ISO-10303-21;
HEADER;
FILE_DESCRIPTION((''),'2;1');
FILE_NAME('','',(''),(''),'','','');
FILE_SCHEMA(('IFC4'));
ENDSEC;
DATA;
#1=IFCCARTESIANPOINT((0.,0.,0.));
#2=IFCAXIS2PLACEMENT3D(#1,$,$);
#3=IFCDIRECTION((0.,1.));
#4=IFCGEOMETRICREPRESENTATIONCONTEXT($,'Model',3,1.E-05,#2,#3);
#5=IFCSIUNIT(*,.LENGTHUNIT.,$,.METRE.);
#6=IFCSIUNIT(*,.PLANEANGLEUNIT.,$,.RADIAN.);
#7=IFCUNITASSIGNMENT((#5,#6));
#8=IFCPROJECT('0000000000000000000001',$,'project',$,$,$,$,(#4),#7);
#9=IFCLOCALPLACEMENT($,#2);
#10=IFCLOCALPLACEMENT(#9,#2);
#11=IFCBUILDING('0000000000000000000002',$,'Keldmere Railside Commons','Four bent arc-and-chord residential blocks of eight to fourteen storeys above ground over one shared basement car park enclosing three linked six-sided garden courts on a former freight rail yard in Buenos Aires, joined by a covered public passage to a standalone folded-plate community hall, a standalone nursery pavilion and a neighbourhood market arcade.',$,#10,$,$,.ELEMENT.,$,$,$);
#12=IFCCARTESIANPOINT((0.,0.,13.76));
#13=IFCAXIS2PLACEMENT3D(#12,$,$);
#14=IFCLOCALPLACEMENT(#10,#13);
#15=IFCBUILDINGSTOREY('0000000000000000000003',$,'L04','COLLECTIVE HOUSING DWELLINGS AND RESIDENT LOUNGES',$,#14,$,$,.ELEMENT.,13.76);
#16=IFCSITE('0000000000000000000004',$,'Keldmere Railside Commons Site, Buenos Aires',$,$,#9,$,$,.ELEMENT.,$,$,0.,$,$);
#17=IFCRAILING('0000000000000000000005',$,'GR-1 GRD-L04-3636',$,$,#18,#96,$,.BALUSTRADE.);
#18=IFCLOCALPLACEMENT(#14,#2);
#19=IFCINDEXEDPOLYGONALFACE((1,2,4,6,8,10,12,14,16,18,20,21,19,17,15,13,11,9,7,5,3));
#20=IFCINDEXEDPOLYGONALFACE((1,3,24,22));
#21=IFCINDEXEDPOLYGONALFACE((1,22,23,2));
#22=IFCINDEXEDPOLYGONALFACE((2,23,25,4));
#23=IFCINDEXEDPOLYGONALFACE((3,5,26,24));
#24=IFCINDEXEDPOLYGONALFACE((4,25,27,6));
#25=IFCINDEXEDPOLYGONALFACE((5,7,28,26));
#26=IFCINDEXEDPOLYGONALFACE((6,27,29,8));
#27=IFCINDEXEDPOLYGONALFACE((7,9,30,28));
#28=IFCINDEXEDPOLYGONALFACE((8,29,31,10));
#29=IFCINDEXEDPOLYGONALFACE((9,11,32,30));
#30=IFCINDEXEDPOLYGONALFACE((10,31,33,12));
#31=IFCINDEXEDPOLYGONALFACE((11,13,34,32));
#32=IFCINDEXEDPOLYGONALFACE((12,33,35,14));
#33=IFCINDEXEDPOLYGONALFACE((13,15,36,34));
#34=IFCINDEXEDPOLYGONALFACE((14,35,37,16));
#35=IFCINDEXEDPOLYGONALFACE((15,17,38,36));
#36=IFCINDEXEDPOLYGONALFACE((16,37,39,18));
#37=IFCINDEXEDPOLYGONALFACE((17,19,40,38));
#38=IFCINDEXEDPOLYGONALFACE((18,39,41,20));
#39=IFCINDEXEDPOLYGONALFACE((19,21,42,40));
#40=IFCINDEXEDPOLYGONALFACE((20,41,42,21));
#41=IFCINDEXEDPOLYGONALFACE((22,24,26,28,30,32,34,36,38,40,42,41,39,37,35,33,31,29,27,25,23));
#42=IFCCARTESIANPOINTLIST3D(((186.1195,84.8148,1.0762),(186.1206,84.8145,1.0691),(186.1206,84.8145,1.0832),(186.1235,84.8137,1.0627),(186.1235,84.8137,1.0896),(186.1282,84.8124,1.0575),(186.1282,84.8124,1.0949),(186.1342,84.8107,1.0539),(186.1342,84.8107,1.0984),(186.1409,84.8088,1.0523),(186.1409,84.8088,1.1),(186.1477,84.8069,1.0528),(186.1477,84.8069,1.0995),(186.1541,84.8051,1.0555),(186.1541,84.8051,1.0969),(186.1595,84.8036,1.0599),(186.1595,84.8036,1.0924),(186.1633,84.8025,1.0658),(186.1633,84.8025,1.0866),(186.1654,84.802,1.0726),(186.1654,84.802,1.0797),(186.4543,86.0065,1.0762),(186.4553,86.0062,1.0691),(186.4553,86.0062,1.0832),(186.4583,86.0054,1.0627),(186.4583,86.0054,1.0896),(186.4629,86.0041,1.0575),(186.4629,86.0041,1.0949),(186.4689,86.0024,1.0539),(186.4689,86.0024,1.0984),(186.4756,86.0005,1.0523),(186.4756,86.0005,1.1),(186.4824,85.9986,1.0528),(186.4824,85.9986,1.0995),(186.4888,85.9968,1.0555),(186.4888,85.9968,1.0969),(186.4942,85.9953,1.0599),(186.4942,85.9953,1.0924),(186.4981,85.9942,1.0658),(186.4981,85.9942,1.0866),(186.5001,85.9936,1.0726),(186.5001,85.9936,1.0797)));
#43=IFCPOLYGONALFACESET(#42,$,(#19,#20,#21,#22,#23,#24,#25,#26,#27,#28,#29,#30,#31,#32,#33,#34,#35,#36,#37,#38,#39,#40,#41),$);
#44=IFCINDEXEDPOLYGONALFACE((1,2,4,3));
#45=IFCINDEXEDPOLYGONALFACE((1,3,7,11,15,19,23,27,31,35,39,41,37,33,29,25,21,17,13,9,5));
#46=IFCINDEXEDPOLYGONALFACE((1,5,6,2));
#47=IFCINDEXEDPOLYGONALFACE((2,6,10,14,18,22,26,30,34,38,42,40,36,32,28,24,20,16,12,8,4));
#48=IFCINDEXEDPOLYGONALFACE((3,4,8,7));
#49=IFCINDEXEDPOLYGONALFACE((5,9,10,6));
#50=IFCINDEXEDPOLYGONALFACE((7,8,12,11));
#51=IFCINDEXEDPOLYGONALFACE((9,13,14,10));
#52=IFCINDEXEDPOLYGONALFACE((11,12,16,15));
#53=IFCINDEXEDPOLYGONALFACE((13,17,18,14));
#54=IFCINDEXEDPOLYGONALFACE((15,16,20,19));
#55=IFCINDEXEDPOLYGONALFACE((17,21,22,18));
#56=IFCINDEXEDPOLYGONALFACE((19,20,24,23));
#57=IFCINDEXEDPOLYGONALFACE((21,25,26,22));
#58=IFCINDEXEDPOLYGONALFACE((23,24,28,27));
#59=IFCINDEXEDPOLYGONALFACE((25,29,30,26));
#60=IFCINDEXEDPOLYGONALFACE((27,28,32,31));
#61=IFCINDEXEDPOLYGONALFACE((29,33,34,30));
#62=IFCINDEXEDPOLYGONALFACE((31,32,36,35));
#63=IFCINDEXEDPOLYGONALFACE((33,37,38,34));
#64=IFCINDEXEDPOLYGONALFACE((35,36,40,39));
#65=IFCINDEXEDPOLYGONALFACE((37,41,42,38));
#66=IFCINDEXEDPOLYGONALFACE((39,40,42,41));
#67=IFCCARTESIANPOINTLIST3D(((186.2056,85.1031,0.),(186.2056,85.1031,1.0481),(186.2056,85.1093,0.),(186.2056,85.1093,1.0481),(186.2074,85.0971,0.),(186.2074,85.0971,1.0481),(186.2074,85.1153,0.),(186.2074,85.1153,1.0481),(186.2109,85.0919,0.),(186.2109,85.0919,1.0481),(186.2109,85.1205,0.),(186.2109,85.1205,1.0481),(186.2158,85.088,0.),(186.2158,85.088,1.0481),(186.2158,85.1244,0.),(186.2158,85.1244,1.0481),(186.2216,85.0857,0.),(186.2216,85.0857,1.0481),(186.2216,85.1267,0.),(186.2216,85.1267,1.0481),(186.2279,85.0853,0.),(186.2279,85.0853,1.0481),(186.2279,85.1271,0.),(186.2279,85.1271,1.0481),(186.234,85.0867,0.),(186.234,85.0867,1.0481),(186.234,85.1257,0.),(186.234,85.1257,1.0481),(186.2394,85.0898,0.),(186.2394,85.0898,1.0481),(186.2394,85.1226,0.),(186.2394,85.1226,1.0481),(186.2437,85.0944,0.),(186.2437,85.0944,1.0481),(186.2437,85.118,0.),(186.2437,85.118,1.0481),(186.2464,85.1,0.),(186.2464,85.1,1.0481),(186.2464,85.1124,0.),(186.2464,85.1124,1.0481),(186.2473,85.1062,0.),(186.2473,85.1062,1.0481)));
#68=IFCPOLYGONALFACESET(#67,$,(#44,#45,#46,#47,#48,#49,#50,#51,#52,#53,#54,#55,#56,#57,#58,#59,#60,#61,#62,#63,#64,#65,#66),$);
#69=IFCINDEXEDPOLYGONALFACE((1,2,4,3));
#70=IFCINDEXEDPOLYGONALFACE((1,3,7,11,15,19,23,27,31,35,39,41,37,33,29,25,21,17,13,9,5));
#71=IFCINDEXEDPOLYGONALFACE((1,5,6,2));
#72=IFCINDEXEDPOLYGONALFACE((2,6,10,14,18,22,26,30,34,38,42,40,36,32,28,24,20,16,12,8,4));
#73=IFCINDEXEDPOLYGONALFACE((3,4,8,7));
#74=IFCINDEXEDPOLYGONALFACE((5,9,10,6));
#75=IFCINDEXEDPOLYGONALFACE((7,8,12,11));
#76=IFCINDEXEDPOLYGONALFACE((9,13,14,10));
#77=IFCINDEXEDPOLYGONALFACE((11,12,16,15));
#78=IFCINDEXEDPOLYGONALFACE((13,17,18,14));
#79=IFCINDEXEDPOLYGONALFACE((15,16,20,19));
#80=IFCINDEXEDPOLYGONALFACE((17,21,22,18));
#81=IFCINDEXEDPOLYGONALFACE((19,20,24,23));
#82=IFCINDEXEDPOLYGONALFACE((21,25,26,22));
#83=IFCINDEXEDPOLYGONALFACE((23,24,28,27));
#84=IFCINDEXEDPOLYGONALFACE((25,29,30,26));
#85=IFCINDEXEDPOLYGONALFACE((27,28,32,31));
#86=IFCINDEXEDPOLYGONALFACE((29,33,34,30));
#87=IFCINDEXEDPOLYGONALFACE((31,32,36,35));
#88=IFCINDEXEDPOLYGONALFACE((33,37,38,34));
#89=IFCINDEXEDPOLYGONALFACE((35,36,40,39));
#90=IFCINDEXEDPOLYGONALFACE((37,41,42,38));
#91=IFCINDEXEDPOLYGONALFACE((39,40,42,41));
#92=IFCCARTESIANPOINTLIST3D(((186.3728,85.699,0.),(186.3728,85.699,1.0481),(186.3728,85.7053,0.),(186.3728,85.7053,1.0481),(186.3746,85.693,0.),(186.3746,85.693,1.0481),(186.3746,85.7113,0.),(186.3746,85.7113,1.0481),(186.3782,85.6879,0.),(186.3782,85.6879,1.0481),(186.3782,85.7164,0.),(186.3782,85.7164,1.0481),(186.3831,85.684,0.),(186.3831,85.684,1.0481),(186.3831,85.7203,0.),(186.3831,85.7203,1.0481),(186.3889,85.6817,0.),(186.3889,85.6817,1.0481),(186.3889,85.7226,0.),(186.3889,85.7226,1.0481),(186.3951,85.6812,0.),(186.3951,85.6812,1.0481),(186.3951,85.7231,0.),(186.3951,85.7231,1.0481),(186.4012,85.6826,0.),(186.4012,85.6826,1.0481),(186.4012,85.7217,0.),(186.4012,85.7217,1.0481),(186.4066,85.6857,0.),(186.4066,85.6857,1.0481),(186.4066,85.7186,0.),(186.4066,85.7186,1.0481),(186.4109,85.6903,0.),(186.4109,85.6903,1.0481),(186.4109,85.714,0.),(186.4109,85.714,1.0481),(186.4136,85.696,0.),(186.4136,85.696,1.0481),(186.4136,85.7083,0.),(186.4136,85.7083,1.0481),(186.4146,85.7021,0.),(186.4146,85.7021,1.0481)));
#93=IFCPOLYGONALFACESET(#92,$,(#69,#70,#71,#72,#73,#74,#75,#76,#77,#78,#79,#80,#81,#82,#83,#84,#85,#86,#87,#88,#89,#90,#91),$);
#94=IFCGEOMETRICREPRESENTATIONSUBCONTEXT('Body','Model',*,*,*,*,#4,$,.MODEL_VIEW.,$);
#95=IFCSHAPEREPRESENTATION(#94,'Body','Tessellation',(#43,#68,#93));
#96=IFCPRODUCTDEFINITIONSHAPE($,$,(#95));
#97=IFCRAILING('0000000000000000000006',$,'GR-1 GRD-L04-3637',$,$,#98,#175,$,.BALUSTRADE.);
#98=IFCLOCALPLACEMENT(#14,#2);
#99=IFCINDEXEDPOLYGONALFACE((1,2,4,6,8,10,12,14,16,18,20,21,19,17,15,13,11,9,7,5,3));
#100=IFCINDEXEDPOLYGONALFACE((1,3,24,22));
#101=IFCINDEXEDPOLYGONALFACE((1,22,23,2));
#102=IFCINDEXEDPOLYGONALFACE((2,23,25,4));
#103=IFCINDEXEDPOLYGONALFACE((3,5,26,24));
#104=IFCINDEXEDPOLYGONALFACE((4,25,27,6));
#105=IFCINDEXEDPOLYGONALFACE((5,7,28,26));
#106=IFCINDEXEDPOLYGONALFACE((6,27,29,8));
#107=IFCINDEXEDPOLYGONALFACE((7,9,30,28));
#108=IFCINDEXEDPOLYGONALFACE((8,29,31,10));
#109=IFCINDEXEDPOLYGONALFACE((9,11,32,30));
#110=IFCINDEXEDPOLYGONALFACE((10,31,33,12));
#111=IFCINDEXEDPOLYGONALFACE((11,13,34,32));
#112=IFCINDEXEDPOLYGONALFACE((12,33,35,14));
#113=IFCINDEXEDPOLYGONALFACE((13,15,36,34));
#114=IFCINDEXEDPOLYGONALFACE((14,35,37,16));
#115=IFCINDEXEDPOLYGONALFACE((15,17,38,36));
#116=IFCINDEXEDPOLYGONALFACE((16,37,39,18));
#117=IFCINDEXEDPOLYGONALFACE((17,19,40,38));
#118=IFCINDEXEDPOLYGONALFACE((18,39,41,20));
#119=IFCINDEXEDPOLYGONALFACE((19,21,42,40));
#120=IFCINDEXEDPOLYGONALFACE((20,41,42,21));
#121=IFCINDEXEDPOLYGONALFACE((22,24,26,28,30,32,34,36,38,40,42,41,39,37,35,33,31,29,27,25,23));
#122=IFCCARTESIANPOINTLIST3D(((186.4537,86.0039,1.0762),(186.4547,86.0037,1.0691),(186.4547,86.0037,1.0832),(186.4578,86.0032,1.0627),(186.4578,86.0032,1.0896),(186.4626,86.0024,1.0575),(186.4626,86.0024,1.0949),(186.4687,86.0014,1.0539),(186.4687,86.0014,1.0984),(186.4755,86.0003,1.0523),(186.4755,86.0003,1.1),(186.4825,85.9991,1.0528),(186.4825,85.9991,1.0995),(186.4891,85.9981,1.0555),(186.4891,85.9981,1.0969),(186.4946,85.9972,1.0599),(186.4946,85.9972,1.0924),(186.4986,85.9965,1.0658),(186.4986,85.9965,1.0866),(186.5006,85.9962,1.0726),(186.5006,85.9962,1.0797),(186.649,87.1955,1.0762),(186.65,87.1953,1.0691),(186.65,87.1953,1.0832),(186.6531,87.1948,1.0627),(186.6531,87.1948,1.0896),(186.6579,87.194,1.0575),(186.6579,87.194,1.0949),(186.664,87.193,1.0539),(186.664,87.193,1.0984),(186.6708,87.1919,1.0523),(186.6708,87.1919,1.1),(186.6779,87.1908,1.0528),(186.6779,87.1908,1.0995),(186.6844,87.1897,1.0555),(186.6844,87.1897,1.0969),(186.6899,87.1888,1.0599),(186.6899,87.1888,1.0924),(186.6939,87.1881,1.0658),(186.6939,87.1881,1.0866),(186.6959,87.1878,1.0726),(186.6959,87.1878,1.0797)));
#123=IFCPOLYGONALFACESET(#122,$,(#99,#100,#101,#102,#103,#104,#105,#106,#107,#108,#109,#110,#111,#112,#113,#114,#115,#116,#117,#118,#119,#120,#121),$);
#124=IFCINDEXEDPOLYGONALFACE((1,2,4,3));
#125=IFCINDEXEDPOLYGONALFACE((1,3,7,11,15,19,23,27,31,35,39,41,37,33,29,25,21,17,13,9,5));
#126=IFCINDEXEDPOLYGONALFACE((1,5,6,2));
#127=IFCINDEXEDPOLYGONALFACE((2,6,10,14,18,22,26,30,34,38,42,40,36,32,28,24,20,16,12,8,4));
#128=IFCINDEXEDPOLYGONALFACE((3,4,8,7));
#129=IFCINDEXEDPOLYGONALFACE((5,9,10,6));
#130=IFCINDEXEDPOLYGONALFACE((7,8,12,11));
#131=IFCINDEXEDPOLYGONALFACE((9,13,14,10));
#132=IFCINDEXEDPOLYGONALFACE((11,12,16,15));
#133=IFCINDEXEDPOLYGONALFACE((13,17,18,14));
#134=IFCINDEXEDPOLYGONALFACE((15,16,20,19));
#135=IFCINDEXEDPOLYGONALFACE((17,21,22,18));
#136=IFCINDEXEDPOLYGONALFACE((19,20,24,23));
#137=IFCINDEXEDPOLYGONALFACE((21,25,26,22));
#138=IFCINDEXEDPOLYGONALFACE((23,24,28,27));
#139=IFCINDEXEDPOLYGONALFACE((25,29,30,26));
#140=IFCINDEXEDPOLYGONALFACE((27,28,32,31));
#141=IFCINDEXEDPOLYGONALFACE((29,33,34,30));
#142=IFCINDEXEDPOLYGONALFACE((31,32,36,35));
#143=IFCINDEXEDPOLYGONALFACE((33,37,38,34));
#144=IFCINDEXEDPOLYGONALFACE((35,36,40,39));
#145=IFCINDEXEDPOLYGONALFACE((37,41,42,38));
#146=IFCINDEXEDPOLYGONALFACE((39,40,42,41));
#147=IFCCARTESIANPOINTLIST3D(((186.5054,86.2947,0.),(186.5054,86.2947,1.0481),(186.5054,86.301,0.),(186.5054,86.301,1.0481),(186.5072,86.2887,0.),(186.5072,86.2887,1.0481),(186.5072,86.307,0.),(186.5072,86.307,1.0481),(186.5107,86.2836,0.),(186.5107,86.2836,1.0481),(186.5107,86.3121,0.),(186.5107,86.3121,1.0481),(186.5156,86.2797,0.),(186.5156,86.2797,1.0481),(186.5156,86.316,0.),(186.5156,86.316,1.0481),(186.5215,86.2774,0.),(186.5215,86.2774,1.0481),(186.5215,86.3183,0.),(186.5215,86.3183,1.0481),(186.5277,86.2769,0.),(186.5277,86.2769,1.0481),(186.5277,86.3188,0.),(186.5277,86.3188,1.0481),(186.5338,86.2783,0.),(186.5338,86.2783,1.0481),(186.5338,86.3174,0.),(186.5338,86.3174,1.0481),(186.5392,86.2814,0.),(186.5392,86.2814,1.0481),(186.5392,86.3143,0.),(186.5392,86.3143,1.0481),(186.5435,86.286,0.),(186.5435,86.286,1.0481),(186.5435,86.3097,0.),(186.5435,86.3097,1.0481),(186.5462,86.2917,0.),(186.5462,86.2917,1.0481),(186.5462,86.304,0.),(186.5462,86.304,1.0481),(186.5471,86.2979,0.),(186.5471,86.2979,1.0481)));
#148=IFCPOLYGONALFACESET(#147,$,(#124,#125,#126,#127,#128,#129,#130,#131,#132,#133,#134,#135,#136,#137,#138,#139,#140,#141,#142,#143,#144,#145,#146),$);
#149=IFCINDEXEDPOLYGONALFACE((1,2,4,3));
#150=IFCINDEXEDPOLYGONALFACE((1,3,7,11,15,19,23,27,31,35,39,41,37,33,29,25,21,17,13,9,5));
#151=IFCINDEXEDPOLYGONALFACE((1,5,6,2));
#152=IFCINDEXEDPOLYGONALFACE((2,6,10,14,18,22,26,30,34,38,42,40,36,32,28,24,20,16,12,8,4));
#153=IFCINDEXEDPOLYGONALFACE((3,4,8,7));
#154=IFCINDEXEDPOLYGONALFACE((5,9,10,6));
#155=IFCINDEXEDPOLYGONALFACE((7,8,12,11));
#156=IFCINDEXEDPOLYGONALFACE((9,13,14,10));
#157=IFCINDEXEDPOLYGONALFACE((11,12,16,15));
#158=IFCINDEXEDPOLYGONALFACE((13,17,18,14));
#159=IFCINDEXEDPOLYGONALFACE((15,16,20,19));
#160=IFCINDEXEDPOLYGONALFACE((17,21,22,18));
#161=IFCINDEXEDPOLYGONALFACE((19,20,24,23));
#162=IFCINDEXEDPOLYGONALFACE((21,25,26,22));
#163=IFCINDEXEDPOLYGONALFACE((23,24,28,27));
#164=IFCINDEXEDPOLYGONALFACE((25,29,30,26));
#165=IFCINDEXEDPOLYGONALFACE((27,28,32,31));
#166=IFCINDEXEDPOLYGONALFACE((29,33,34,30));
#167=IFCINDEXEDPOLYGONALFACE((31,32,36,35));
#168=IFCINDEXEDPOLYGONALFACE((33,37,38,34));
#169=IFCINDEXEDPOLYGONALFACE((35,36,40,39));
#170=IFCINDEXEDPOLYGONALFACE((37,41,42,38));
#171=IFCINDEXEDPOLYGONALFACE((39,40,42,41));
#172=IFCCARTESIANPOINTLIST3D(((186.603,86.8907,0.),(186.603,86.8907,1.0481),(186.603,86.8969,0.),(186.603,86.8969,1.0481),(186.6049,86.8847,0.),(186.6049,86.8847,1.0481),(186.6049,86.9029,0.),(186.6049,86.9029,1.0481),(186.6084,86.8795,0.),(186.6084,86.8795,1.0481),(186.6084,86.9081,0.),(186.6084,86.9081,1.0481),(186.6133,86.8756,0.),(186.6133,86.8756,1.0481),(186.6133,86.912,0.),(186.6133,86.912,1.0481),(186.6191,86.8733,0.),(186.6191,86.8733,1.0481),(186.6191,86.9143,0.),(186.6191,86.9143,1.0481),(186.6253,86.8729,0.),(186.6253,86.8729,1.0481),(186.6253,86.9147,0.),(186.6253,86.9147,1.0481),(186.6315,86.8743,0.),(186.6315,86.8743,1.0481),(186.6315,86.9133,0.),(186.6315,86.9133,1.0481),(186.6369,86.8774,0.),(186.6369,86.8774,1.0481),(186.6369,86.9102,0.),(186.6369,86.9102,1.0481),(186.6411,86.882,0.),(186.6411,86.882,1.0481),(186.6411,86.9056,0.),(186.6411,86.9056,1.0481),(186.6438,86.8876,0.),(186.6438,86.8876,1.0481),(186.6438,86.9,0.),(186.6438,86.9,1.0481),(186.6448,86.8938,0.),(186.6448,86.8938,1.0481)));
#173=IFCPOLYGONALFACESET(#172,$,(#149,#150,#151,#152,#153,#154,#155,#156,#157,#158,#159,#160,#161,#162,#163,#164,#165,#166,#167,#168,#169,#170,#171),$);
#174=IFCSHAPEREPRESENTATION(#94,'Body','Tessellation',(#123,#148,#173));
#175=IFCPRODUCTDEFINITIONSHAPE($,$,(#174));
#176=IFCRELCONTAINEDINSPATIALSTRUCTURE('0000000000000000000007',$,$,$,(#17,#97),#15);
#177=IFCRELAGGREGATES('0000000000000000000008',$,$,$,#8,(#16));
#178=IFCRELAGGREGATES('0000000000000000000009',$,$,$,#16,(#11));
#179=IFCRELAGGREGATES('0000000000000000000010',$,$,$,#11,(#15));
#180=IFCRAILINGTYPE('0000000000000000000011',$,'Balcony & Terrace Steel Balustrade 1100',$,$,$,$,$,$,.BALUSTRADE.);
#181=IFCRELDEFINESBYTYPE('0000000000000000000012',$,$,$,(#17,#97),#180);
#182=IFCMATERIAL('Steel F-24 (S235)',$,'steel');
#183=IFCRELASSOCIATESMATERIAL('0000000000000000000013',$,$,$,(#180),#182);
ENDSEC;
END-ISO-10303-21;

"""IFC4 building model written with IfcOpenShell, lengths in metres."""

from ifc_helpers import new_model, si_unit, direction, frame, origin, origin_2d, place, context, subcontext, project, spatial, circle, extrude, material, type_object, element, save


model = new_model("IFC4")

# Units and contexts
model_context = context("Model", 3, precision=1e-05, world=origin(), true_north=direction((0.0, 1.0)))
body_context = subcontext(model_context, "Body", "Model", "MODEL_VIEW")
ifc_project = project(units=[si_unit("LENGTHUNIT", "METRE"), si_unit("PLANEANGLEUNIT", "RADIAN")], contexts=[model_context])

# Site, building, storey
site_placement = place(None, origin())
site = spatial("IfcSite", under=ifc_project, at=site_placement, Name="Keldmere Railside Commons Site, Buenos Aires", CompositionType="ELEMENT", RefElevation=0.0)
building_placement = place(site_placement, origin())
building = spatial("IfcBuilding", under=site, at=building_placement, Name="Keldmere Railside Commons", Description="Four bent arc-and-chord residential blocks of eight to fourteen storeys above ground over one shared basement car park enclosing three linked six-sided garden courts on a former freight rail yard in Buenos Aires, joined by a covered public passage to a standalone folded-plate community hall, a standalone nursery pavilion and a neighbourhood market arcade.", CompositionType="ELEMENT")
storey_placement = place(building_placement, frame((0.0, 0.0, 13.76)))
storey = spatial("IfcBuildingStorey", under=building, at=storey_placement, Name="L04", Description="COLLECTIVE HOUSING DWELLINGS AND RESIDENT LOUNGES", CompositionType="ELEMENT", Elevation=13.76)

# Railings
ifc_material_1 = material(Name="Steel F-24 (S235)", Category="steel")
railing_type = type_object("IfcRailingType", Name="Balcony & Terrace Steel Balustrade 1100", PredefinedType="BALUSTRADE", material=ifc_material_1)
railing_1_placement = place(storey_placement, frame((186.1426, 84.8083, 0.0)))
element("IfcRailing", 1, at=railing_1_placement, inside=storey, type_object=railing_type, Name="GR-1 GRD-L04-3636", PredefinedType="BALUSTRADE", context=body_context, shape_type="SweptSolid", body=[
    extrude(circle(Radius=0.0239, at=origin_2d()), frame((0.0, 0.0, 1.0762), z_axis=(0.27042, 0.962742, 0.0), x_axis=(-0.962742, 0.27042, 0.0)), (0.0, 0.0, 1.0), 1.2378),
    extrude(circle(Radius=0.021, at=origin_2d()), frame((0.0837, 0.2979, 0.0)), (0.0, 0.0, 1.0), 1.0481),
    extrude(circle(Radius=0.021, at=origin_2d()), frame((0.251, 0.8938, 0.0)), (0.0, 0.0, 1.0), 1.0481),
])
railing_2_placement = place(storey_placement, frame((186.4773, 86.0, 0.0)))
element("IfcRailing", 2, at=railing_2_placement, inside=storey, type_object=railing_type, Name="GR-1 GRD-L04-3637", PredefinedType="BALUSTRADE", context=body_context, shape_type="SweptSolid", body=[
    extrude(circle(Radius=0.0239, at=origin_2d()), frame((0.0, 0.0, 1.0762), z_axis=(0.161743, 0.986833, 0.0), x_axis=(-0.986833, 0.161743, 0.0)), (0.0, 0.0, 1.0), 1.2075),
    extrude(circle(Radius=0.021, at=origin_2d()), frame((0.0488, 0.2979, 0.0)), (0.0, 0.0, 1.0), 1.0481),
    extrude(circle(Radius=0.021, at=origin_2d()), frame((0.1465, 0.8938, 0.0)), (0.0, 0.0, 1.0), 1.0481),
])

save(model, "model.ifc")
